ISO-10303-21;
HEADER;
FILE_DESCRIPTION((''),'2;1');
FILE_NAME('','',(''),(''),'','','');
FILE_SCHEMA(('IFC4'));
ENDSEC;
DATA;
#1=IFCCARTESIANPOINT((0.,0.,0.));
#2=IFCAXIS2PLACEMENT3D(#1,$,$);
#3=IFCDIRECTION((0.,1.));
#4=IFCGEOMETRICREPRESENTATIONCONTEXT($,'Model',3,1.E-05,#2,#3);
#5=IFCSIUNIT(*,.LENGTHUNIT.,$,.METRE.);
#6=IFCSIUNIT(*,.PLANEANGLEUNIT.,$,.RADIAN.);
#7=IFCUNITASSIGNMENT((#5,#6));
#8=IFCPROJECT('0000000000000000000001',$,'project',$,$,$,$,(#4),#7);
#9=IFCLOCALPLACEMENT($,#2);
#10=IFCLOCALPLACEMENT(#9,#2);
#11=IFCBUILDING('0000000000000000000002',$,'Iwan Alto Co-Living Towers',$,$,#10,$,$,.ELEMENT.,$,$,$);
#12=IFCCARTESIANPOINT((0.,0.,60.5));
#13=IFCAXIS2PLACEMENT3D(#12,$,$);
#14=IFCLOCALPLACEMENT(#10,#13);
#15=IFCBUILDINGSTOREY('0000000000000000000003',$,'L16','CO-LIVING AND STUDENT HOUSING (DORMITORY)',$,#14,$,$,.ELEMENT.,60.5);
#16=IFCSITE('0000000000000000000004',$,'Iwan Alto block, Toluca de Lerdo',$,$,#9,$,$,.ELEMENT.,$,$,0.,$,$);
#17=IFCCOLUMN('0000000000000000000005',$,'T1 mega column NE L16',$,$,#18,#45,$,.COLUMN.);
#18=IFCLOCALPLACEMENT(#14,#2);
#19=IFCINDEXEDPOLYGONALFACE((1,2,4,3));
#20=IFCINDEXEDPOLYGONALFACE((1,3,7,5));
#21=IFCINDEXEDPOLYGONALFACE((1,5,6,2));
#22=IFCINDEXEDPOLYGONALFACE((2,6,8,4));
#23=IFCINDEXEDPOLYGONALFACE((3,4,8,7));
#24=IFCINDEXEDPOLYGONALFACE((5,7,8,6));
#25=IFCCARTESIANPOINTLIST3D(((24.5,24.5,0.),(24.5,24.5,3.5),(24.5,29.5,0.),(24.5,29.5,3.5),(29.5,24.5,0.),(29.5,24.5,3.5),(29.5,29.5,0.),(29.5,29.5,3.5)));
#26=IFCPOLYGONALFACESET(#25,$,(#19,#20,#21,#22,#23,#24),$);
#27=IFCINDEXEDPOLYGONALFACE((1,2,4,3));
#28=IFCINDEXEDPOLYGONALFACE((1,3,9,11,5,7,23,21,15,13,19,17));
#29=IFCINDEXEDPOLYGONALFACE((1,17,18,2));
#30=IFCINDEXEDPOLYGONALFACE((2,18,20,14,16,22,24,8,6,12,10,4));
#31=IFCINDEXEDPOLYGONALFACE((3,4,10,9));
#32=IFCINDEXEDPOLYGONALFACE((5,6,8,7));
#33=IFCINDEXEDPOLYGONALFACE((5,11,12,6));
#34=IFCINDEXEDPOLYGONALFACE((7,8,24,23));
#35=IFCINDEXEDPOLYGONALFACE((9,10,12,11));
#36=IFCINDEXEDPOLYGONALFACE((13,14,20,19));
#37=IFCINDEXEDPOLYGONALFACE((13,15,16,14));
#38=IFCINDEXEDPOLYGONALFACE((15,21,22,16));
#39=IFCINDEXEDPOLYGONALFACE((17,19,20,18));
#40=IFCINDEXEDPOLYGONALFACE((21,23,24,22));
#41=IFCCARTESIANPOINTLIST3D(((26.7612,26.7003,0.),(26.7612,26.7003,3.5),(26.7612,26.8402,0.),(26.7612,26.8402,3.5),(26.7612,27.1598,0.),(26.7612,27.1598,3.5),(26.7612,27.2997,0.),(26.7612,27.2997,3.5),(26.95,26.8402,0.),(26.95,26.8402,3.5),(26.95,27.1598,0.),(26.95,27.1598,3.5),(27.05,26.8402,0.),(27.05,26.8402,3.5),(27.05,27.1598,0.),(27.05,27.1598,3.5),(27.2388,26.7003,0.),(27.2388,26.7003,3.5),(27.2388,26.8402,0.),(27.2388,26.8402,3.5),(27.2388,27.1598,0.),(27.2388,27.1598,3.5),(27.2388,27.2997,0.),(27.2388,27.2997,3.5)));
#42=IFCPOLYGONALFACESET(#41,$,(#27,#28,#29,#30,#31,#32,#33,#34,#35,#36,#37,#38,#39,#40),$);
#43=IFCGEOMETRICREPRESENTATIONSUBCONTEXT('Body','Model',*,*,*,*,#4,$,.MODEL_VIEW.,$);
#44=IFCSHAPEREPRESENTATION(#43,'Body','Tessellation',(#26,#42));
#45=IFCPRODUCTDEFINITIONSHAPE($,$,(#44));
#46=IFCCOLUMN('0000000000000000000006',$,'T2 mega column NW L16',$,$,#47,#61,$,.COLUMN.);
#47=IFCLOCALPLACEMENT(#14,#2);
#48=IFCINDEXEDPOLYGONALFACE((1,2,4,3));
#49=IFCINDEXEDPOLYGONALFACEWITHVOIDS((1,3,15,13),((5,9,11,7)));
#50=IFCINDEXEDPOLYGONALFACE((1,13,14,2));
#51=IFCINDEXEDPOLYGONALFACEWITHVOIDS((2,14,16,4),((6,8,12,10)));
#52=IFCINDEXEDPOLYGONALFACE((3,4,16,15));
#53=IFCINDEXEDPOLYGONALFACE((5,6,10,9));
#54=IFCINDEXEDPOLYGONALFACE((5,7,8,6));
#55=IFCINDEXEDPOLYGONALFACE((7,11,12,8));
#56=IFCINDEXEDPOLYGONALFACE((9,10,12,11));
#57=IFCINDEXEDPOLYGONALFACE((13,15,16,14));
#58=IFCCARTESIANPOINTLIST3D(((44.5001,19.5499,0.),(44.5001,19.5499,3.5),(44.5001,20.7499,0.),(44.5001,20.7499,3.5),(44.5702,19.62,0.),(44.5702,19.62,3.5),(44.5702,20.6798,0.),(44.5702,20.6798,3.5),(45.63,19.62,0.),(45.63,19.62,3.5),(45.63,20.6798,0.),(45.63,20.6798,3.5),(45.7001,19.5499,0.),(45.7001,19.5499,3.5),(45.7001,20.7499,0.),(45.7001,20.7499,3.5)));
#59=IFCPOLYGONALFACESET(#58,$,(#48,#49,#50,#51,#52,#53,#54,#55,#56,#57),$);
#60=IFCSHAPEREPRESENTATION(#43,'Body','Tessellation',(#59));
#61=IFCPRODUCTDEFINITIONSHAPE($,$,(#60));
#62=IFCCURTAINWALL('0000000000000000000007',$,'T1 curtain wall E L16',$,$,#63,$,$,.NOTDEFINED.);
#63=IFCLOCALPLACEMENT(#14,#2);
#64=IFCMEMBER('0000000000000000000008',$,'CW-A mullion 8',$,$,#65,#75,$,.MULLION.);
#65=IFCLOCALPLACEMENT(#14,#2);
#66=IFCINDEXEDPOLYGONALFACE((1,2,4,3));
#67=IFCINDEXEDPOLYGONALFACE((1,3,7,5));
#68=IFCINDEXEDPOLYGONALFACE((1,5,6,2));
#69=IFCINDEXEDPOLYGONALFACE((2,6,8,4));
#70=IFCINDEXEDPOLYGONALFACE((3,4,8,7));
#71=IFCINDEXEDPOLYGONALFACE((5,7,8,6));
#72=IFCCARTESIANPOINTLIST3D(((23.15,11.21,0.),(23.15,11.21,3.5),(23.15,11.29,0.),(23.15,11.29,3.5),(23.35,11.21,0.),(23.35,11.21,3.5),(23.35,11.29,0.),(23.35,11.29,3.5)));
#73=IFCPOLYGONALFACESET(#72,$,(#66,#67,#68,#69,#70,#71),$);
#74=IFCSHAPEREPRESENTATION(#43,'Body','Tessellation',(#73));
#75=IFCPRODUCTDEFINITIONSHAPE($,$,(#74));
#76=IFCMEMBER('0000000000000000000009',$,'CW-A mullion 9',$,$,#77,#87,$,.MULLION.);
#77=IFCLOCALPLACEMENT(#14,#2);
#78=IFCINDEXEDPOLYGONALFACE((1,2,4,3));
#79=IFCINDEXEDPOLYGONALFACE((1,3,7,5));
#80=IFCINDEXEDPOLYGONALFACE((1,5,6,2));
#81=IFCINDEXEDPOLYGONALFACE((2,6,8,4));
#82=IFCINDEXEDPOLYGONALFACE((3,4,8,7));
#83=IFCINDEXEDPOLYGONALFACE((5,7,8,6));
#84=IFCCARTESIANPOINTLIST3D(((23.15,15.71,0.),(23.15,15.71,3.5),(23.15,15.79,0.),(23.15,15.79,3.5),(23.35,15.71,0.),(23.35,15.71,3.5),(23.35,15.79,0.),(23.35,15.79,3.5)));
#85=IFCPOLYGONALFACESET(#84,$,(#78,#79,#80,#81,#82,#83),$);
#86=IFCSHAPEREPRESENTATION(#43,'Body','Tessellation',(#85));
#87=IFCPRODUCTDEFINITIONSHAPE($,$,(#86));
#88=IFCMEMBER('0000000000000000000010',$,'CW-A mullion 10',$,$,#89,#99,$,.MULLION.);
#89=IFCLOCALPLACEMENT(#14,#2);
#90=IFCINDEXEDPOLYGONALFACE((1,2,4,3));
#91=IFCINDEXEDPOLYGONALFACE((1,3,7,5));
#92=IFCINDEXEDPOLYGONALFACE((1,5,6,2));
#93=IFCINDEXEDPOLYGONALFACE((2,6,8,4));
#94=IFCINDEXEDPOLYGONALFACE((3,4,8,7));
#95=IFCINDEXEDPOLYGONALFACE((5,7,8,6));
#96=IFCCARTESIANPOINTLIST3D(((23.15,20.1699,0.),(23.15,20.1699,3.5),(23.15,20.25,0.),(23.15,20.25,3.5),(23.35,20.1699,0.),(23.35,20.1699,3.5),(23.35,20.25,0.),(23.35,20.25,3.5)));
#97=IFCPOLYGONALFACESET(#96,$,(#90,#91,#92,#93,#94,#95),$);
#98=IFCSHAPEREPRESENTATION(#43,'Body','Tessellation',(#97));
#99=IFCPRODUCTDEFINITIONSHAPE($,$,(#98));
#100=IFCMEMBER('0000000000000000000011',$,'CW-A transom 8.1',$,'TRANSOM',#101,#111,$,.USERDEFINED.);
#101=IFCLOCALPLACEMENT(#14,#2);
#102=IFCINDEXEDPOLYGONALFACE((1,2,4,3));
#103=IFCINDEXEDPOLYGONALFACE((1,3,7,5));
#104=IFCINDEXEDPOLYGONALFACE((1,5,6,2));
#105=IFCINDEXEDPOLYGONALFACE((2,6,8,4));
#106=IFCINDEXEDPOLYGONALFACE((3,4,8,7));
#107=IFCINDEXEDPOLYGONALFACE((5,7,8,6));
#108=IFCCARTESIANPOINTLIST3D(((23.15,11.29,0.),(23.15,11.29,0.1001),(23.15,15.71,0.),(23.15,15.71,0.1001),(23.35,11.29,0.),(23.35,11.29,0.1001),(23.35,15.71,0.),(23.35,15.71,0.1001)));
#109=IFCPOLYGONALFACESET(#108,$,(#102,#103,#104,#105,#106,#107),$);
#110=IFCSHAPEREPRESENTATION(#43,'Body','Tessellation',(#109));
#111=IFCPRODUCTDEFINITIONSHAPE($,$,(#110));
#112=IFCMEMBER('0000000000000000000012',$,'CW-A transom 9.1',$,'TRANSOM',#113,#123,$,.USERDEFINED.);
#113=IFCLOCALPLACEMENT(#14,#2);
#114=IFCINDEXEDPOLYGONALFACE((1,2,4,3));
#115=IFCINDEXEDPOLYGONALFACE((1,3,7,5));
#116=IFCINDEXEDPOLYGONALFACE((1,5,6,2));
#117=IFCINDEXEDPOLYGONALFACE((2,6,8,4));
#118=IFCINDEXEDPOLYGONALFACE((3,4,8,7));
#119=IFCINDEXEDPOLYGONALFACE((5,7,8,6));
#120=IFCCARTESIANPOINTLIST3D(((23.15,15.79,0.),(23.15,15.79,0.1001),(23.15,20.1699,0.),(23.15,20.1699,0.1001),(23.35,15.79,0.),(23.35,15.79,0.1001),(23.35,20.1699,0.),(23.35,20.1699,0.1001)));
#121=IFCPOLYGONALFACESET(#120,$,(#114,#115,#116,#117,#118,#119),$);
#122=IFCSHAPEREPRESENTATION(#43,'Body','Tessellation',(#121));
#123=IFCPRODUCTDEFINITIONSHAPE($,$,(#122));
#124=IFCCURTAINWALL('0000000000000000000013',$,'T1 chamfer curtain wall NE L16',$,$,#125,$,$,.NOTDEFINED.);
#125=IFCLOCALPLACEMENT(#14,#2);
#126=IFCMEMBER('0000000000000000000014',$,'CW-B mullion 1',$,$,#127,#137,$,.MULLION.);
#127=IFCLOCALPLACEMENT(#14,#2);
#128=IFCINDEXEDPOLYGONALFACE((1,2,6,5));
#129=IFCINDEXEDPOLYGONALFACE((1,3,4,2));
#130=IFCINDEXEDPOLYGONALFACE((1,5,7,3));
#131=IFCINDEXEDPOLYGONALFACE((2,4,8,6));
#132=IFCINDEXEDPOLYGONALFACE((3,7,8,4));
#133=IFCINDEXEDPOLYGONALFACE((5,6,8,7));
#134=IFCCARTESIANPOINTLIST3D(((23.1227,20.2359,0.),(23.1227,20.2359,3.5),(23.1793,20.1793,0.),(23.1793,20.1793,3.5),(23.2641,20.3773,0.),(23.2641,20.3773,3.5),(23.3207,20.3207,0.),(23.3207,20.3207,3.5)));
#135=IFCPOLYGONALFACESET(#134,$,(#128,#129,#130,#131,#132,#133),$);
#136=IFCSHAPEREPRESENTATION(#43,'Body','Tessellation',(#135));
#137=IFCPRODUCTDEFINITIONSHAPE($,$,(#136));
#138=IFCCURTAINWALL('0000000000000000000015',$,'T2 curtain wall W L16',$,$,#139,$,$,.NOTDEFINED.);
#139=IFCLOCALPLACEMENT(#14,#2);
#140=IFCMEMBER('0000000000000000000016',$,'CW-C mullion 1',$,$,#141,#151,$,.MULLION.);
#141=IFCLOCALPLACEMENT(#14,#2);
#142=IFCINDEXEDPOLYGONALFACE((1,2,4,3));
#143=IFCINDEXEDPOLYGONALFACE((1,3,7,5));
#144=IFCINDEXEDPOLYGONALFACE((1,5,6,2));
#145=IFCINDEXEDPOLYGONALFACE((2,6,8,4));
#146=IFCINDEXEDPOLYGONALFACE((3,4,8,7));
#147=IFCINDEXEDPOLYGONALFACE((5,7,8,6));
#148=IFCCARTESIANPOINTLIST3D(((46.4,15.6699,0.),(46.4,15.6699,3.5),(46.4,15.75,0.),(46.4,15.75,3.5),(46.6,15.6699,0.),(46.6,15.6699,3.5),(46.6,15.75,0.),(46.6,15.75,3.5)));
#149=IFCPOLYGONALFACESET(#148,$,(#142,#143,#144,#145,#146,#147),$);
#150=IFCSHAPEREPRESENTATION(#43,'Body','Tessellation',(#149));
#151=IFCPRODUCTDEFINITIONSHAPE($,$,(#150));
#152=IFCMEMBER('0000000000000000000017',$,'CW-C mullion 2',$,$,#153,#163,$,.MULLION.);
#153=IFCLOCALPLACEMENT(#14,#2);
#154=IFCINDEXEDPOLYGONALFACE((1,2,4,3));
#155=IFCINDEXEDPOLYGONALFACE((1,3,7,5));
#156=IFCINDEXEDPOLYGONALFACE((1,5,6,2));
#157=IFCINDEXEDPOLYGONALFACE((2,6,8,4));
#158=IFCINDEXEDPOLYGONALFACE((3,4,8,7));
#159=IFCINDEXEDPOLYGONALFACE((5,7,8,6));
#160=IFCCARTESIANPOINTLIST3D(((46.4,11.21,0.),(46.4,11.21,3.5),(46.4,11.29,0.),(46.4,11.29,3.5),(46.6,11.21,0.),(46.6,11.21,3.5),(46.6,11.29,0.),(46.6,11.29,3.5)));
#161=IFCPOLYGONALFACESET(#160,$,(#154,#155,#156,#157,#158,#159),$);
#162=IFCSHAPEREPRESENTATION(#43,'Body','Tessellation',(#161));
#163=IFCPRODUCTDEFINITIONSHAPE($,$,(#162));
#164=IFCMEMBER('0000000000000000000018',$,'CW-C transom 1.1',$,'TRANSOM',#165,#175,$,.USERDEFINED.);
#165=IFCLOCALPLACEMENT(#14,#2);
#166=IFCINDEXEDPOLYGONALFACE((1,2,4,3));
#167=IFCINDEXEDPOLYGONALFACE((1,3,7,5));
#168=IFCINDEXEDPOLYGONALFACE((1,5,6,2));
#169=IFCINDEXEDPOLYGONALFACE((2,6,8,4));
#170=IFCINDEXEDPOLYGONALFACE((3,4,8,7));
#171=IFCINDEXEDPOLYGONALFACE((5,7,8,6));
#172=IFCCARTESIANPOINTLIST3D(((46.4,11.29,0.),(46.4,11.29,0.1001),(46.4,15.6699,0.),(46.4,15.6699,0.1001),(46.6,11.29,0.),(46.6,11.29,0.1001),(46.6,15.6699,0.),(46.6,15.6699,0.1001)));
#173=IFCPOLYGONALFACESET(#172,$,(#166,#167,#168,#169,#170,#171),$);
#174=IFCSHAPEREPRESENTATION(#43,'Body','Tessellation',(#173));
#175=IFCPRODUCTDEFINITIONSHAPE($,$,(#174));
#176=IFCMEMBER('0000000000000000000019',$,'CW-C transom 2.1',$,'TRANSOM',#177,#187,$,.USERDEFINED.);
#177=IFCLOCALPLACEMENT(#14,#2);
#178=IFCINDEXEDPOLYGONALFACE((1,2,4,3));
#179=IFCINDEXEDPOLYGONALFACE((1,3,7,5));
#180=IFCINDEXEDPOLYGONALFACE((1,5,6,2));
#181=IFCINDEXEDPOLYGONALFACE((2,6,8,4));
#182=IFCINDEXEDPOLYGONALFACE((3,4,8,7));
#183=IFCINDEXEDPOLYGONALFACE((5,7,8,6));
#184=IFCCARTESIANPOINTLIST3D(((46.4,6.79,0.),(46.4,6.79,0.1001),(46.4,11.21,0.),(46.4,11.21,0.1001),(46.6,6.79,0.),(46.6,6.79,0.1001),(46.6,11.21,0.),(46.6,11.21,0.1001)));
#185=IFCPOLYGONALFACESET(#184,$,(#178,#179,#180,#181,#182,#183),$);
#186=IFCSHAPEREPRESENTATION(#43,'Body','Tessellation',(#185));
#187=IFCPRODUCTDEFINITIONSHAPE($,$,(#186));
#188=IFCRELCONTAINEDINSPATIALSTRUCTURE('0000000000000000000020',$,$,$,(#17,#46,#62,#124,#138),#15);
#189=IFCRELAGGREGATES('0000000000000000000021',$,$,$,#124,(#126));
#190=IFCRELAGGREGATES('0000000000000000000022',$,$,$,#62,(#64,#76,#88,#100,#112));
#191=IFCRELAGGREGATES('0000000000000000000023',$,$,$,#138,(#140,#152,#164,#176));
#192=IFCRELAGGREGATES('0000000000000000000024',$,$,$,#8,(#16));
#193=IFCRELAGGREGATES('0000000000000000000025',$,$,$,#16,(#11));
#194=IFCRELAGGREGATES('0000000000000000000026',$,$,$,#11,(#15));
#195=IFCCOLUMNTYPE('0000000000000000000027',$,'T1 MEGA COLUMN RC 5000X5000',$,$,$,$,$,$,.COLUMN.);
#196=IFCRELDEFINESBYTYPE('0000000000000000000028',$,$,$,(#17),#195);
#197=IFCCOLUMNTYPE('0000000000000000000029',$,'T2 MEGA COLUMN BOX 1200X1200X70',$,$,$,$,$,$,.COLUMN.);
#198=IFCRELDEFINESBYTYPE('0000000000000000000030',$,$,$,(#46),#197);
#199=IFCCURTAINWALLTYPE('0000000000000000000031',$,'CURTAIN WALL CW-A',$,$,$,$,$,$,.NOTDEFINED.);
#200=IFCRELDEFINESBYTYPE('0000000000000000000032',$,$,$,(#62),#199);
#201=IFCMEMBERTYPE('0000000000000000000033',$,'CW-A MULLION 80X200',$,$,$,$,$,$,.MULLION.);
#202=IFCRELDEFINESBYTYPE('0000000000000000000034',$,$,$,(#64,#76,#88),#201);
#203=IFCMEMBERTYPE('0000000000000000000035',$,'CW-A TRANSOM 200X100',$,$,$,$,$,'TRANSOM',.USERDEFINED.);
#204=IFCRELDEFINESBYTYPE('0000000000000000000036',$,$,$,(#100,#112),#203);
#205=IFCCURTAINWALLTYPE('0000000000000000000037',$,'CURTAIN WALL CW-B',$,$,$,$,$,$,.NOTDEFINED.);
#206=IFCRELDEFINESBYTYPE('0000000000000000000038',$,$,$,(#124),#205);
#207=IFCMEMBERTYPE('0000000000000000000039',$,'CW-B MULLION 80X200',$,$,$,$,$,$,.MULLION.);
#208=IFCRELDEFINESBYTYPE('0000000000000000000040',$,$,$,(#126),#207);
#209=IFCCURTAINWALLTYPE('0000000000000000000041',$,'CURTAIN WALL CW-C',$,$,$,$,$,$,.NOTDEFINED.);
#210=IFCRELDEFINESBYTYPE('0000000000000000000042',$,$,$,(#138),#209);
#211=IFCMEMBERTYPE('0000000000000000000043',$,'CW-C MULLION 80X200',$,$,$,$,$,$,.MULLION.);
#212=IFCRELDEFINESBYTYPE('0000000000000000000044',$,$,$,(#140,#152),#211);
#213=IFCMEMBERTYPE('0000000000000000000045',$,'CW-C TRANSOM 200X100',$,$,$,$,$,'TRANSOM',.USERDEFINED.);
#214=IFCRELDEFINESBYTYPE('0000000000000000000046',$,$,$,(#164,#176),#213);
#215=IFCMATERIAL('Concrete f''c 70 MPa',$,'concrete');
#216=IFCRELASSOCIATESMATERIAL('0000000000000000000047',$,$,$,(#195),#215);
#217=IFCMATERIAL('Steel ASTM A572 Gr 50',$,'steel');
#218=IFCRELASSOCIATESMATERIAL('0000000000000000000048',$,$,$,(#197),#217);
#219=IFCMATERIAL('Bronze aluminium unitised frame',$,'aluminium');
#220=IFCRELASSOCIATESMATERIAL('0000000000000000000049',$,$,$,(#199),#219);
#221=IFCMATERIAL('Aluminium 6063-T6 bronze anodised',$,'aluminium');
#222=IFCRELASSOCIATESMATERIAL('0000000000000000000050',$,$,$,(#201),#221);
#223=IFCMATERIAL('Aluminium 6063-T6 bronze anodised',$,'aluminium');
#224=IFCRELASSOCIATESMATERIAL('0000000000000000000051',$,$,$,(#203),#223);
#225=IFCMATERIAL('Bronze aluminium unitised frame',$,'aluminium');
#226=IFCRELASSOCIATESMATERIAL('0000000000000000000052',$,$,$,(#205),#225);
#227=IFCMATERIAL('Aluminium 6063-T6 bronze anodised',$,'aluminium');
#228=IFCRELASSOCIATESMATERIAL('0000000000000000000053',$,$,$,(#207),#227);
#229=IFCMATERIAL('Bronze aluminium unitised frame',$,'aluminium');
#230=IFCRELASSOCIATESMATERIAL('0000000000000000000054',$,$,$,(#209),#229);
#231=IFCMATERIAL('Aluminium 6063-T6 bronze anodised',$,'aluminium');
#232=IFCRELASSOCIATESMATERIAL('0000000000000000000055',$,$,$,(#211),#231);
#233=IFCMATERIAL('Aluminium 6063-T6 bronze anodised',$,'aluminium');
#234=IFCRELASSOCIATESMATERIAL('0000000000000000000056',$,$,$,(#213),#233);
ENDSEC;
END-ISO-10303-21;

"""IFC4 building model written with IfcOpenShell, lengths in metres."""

from ifc_helpers import new_model, si_unit, direction, frame, origin, origin_2d, place, context, subcontext, project, spatial, rectangle, hollow_rectangle, i_section, extrude, material, material_profile, profile_set, type_object, element, aggregate, save


model = new_model("IFC4")

# Units and contexts
model_context = context("Model", 3, precision=1e-05, world=origin(), true_north=direction((0.0, 1.0)))
body_context = subcontext(model_context, "Body", "Model", "MODEL_VIEW")
ifc_project = project(units=[si_unit("LENGTHUNIT", "METRE"), si_unit("PLANEANGLEUNIT", "RADIAN")], contexts=[model_context])

# Site, building, storey
site_placement = place(None, origin())
site = spatial("IfcSite", under=ifc_project, at=site_placement, Name="Iwan Alto block, Toluca de Lerdo", CompositionType="ELEMENT", RefElevation=0.0)
building_placement = place(site_placement, origin())
building = spatial("IfcBuilding", under=site, at=building_placement, Name="Iwan Alto Co-Living Towers", CompositionType="ELEMENT")
storey_placement = place(building_placement, frame((0.0, 0.0, 60.5)))
storey = spatial("IfcBuildingStorey", under=building, at=storey_placement, Name="L16", Description="CO-LIVING AND STUDENT HOUSING (DORMITORY)", CompositionType="ELEMENT", Elevation=60.5)

# Columns
ifc_material_1 = material(Name="Concrete f'c 70 MPa", Category="concrete")
ifc_material_profile_1 = material_profile(ifc_material_1, rectangle(XDim=5.0, YDim=5.0, at=origin_2d()), Name="RC 5000X5000")
ifc_profile_set_1 = profile_set([ifc_material_profile_1], Name="Concrete f'c 70 MPa")
column_type_1 = type_object("IfcColumnType", Name="T1 MEGA COLUMN RC 5000X5000", PredefinedType="COLUMN", material=ifc_profile_set_1)
column_1_placement = place(storey_placement, frame((27.0, 27.0, 0.0), z_axis=(0.0, 0.0, 1.0), x_axis=(1.0, 0.0, 0.0)))
element("IfcColumn", 1, at=column_1_placement, inside=storey, type_object=column_type_1, Name="T1 mega column NE L16", PredefinedType="COLUMN", context=body_context, shape_type="SweptSolid", body=[
    extrude(rectangle(XDim=5.0, YDim=5.0, at=origin_2d()), origin(), (0.0, 0.0, 1.0), 3.5),
    extrude(i_section(OverallWidth=0.4775, OverallDepth=0.5994, WebThickness=0.1001, FlangeThickness=0.1399, at=origin_2d()), origin(), (0.0, 0.0, 1.0), 3.5),
])
ifc_material_2 = material(Name="Steel ASTM A572 Gr 50", Category="steel")
ifc_material_profile_2 = material_profile(ifc_material_2, hollow_rectangle(XDim=1.2, YDim=1.2, WallThickness=0.0701, at=origin_2d()), Name="BOX 1200X1200X70")
ifc_profile_set_2 = profile_set([ifc_material_profile_2], Name="Steel ASTM A572 Gr 50")
column_type_2 = type_object("IfcColumnType", Name="T2 MEGA COLUMN BOX 1200X1200X70", PredefinedType="COLUMN", material=ifc_profile_set_2)
column_2_placement = place(storey_placement, frame((45.1001, 20.1499, 0.0), z_axis=(0.0, 0.0, 1.0), x_axis=(1.0, 0.0, 0.0)))
element("IfcColumn", 2, at=column_2_placement, inside=storey, type_object=column_type_2, Name="T2 mega column NW L16", PredefinedType="COLUMN", context=body_context, shape_type="SweptSolid", body=[
    extrude(hollow_rectangle(XDim=1.2, YDim=1.2, WallThickness=0.0701, at=origin_2d()), origin(), (0.0, 0.0, 1.0), 3.5),
])

# Curtain wall, members
ifc_material_3 = material(Name="Bronze aluminium unitised frame", Category="aluminium")
curtain_wall_type_1 = type_object("IfcCurtainWallType", Name="CURTAIN WALL CW-A", PredefinedType="NOTDEFINED", material=ifc_material_3)
curtain_wall_1_placement = place(storey_placement, origin())
curtain_wall_1 = element("IfcCurtainWall", 3, at=curtain_wall_1_placement, inside=storey, type_object=curtain_wall_type_1, Name="T1 curtain wall E L16", PredefinedType="NOTDEFINED")
ifc_material_4 = material(Name="Aluminium 6063-T6 bronze anodised", Category="aluminium")
ifc_material_profile_3 = material_profile(ifc_material_4, rectangle(XDim=0.2, YDim=0.0801, at=origin_2d()), Name="AL 80X200")
ifc_profile_set_3 = profile_set([ifc_material_profile_3], Name="Aluminium 6063-T6 bronze anodised")
member_type_1 = type_object("IfcMemberType", Name="CW-A MULLION 80X200", PredefinedType="MULLION", material=ifc_profile_set_3)
member_1_placement = place(storey_placement, frame((23.25, 11.25, 0.0), z_axis=(0.0, 0.0, 1.0), x_axis=(-1.0, 0.0, 0.0)))
member_1 = element("IfcMember", 4, at=member_1_placement, type_object=member_type_1, Name="CW-A mullion 8", PredefinedType="MULLION", context=body_context, shape_type="SweptSolid", body=[
    extrude(rectangle(XDim=0.2, YDim=0.0801, at=origin_2d()), origin(), (0.0, 0.0, 1.0), 3.5),
])
member_2_placement = place(storey_placement, frame((23.25, 15.75, 0.0), z_axis=(0.0, 0.0, 1.0), x_axis=(-1.0, 0.0, 0.0)))
member_2 = element("IfcMember", 5, at=member_2_placement, type_object=member_type_1, Name="CW-A mullion 9", PredefinedType="MULLION", context=body_context, shape_type="SweptSolid", body=[
    extrude(rectangle(XDim=0.2, YDim=0.0801, at=origin_2d()), origin(), (0.0, 0.0, 1.0), 3.5),
])
member_3_placement = place(storey_placement, frame((23.25, 20.21, 0.0), z_axis=(0.0, 0.0, 1.0), x_axis=(-1.0, 0.0, 0.0)))
member_3 = element("IfcMember", 6, at=member_3_placement, type_object=member_type_1, Name="CW-A mullion 10", PredefinedType="MULLION", context=body_context, shape_type="SweptSolid", body=[
    extrude(rectangle(XDim=0.2, YDim=0.0801, at=origin_2d()), origin(), (0.0, 0.0, 1.0), 3.5),
])
ifc_material_5 = material(Name="Aluminium 6063-T6 bronze anodised", Category="aluminium")
ifc_material_profile_4 = material_profile(ifc_material_5, rectangle(XDim=0.2, YDim=0.1001, at=origin_2d()), Name="AL 200X100")
ifc_profile_set_4 = profile_set([ifc_material_profile_4], Name="Aluminium 6063-T6 bronze anodised")
member_type_2 = type_object("IfcMemberType", Name="CW-A TRANSOM 200X100", ElementType="TRANSOM", PredefinedType="USERDEFINED", material=ifc_profile_set_4)
member_4_placement = place(storey_placement, frame((23.25, 11.29, 0.05), z_axis=(0.0, 1.0, 0.0), x_axis=(-1.0, 0.0, 0.0)))
member_4 = element("IfcMember", 7, at=member_4_placement, type_object=member_type_2, Name="CW-A transom 8.1", ObjectType="TRANSOM", PredefinedType="USERDEFINED", context=body_context, shape_type="SweptSolid", body=[
    extrude(rectangle(XDim=0.2, YDim=0.1001, at=origin_2d()), origin(), (0.0, 0.0, 1.0), 4.4199),
])
member_5_placement = place(storey_placement, frame((23.25, 15.79, 0.05), z_axis=(0.0, 1.0, 0.0), x_axis=(-1.0, 0.0, 0.0)))
member_5 = element("IfcMember", 8, at=member_5_placement, type_object=member_type_2, Name="CW-A transom 9.1", ObjectType="TRANSOM", PredefinedType="USERDEFINED", context=body_context, shape_type="SweptSolid", body=[
    extrude(rectangle(XDim=0.2, YDim=0.1001, at=origin_2d()), origin(), (0.0, 0.0, 1.0), 4.3799),
])

# Curtain wall, member
ifc_material_6 = material(Name="Bronze aluminium unitised frame", Category="aluminium")
curtain_wall_type_2 = type_object("IfcCurtainWallType", Name="CURTAIN WALL CW-B", PredefinedType="NOTDEFINED", material=ifc_material_6)
curtain_wall_2_placement = place(storey_placement, origin())
curtain_wall_2 = element("IfcCurtainWall", 9, at=curtain_wall_2_placement, inside=storey, type_object=curtain_wall_type_2, Name="T1 chamfer curtain wall NE L16", PredefinedType="NOTDEFINED")
ifc_material_7 = material(Name="Aluminium 6063-T6 bronze anodised", Category="aluminium")
ifc_material_profile_5 = material_profile(ifc_material_7, rectangle(XDim=0.2, YDim=0.0801, at=origin_2d()), Name="AL 80X200")
ifc_profile_set_5 = profile_set([ifc_material_profile_5], Name="Aluminium 6063-T6 bronze anodised")
member_type_3 = type_object("IfcMemberType", Name="CW-B MULLION 80X200", PredefinedType="MULLION", material=ifc_profile_set_5)
member_6_placement = place(storey_placement, frame((23.2217, 20.2783, 0.0), z_axis=(0.0, 0.0, 1.0), x_axis=(-0.707107, -0.707107, 0.0)))
member_6 = element("IfcMember", 10, at=member_6_placement, type_object=member_type_3, Name="CW-B mullion 1", PredefinedType="MULLION", context=body_context, shape_type="SweptSolid", body=[
    extrude(rectangle(XDim=0.2, YDim=0.0801, at=origin_2d()), origin(), (0.0, 0.0, 1.0), 3.5),
])
aggregate(curtain_wall_2, [member_6])

# Curtain wall, members
ifc_material_8 = material(Name="Bronze aluminium unitised frame", Category="aluminium")
curtain_wall_type_3 = type_object("IfcCurtainWallType", Name="CURTAIN WALL CW-C", PredefinedType="NOTDEFINED", material=ifc_material_8)
curtain_wall_3_placement = place(storey_placement, origin())
curtain_wall_3 = element("IfcCurtainWall", 11, at=curtain_wall_3_placement, inside=storey, type_object=curtain_wall_type_3, Name="T2 curtain wall W L16", PredefinedType="NOTDEFINED")
ifc_material_9 = material(Name="Aluminium 6063-T6 bronze anodised", Category="aluminium")
ifc_material_profile_6 = material_profile(ifc_material_9, rectangle(XDim=0.2, YDim=0.0801, at=origin_2d()), Name="AL 80X200")
ifc_profile_set_6 = profile_set([ifc_material_profile_6], Name="Aluminium 6063-T6 bronze anodised")
member_type_4 = type_object("IfcMemberType", Name="CW-C MULLION 80X200", PredefinedType="MULLION", material=ifc_profile_set_6)
member_7_placement = place(storey_placement, frame((46.5, 15.71, 0.0), z_axis=(0.0, 0.0, 1.0), x_axis=(1.0, 0.0, 0.0)))
member_7 = element("IfcMember", 12, at=member_7_placement, type_object=member_type_4, Name="CW-C mullion 1", PredefinedType="MULLION", context=body_context, shape_type="SweptSolid", body=[
    extrude(rectangle(XDim=0.2, YDim=0.0801, at=origin_2d()), origin(), (0.0, 0.0, 1.0), 3.5),
])
member_8_placement = place(storey_placement, frame((46.5, 11.25, 0.0), z_axis=(0.0, 0.0, 1.0), x_axis=(1.0, 0.0, 0.0)))
member_8 = element("IfcMember", 13, at=member_8_placement, type_object=member_type_4, Name="CW-C mullion 2", PredefinedType="MULLION", context=body_context, shape_type="SweptSolid", body=[
    extrude(rectangle(XDim=0.2, YDim=0.0801, at=origin_2d()), origin(), (0.0, 0.0, 1.0), 3.5),
])
ifc_material_10 = material(Name="Aluminium 6063-T6 bronze anodised", Category="aluminium")
ifc_material_profile_7 = material_profile(ifc_material_10, rectangle(XDim=0.2, YDim=0.1001, at=origin_2d()), Name="AL 200X100")
ifc_profile_set_7 = profile_set([ifc_material_profile_7], Name="Aluminium 6063-T6 bronze anodised")
member_type_5 = type_object("IfcMemberType", Name="CW-C TRANSOM 200X100", ElementType="TRANSOM", PredefinedType="USERDEFINED", material=ifc_profile_set_7)
member_9_placement = place(storey_placement, frame((46.5, 15.6699, 0.05), z_axis=(0.0, -1.0, 0.0), x_axis=(1.0, 0.0, 0.0)))
member_9 = element("IfcMember", 14, at=member_9_placement, type_object=member_type_5, Name="CW-C transom 1.1", ObjectType="TRANSOM", PredefinedType="USERDEFINED", context=body_context, shape_type="SweptSolid", body=[
    extrude(rectangle(XDim=0.2, YDim=0.1001, at=origin_2d()), origin(), (0.0, 0.0, 1.0), 4.3799),
])
member_10_placement = place(storey_placement, frame((46.5, 11.21, 0.05), z_axis=(0.0, -1.0, 0.0), x_axis=(1.0, 0.0, 0.0)))
member_10 = element("IfcMember", 15, at=member_10_placement, type_object=member_type_5, Name="CW-C transom 2.1", ObjectType="TRANSOM", PredefinedType="USERDEFINED", context=body_context, shape_type="SweptSolid", body=[
    extrude(rectangle(XDim=0.2, YDim=0.1001, at=origin_2d()), origin(), (0.0, 0.0, 1.0), 4.4199),
])

aggregate(curtain_wall_1, [member_1, member_2, member_3, member_4, member_5])
aggregate(curtain_wall_3, [member_7, member_8, member_9, member_10])

save(model, "model.ifc")
